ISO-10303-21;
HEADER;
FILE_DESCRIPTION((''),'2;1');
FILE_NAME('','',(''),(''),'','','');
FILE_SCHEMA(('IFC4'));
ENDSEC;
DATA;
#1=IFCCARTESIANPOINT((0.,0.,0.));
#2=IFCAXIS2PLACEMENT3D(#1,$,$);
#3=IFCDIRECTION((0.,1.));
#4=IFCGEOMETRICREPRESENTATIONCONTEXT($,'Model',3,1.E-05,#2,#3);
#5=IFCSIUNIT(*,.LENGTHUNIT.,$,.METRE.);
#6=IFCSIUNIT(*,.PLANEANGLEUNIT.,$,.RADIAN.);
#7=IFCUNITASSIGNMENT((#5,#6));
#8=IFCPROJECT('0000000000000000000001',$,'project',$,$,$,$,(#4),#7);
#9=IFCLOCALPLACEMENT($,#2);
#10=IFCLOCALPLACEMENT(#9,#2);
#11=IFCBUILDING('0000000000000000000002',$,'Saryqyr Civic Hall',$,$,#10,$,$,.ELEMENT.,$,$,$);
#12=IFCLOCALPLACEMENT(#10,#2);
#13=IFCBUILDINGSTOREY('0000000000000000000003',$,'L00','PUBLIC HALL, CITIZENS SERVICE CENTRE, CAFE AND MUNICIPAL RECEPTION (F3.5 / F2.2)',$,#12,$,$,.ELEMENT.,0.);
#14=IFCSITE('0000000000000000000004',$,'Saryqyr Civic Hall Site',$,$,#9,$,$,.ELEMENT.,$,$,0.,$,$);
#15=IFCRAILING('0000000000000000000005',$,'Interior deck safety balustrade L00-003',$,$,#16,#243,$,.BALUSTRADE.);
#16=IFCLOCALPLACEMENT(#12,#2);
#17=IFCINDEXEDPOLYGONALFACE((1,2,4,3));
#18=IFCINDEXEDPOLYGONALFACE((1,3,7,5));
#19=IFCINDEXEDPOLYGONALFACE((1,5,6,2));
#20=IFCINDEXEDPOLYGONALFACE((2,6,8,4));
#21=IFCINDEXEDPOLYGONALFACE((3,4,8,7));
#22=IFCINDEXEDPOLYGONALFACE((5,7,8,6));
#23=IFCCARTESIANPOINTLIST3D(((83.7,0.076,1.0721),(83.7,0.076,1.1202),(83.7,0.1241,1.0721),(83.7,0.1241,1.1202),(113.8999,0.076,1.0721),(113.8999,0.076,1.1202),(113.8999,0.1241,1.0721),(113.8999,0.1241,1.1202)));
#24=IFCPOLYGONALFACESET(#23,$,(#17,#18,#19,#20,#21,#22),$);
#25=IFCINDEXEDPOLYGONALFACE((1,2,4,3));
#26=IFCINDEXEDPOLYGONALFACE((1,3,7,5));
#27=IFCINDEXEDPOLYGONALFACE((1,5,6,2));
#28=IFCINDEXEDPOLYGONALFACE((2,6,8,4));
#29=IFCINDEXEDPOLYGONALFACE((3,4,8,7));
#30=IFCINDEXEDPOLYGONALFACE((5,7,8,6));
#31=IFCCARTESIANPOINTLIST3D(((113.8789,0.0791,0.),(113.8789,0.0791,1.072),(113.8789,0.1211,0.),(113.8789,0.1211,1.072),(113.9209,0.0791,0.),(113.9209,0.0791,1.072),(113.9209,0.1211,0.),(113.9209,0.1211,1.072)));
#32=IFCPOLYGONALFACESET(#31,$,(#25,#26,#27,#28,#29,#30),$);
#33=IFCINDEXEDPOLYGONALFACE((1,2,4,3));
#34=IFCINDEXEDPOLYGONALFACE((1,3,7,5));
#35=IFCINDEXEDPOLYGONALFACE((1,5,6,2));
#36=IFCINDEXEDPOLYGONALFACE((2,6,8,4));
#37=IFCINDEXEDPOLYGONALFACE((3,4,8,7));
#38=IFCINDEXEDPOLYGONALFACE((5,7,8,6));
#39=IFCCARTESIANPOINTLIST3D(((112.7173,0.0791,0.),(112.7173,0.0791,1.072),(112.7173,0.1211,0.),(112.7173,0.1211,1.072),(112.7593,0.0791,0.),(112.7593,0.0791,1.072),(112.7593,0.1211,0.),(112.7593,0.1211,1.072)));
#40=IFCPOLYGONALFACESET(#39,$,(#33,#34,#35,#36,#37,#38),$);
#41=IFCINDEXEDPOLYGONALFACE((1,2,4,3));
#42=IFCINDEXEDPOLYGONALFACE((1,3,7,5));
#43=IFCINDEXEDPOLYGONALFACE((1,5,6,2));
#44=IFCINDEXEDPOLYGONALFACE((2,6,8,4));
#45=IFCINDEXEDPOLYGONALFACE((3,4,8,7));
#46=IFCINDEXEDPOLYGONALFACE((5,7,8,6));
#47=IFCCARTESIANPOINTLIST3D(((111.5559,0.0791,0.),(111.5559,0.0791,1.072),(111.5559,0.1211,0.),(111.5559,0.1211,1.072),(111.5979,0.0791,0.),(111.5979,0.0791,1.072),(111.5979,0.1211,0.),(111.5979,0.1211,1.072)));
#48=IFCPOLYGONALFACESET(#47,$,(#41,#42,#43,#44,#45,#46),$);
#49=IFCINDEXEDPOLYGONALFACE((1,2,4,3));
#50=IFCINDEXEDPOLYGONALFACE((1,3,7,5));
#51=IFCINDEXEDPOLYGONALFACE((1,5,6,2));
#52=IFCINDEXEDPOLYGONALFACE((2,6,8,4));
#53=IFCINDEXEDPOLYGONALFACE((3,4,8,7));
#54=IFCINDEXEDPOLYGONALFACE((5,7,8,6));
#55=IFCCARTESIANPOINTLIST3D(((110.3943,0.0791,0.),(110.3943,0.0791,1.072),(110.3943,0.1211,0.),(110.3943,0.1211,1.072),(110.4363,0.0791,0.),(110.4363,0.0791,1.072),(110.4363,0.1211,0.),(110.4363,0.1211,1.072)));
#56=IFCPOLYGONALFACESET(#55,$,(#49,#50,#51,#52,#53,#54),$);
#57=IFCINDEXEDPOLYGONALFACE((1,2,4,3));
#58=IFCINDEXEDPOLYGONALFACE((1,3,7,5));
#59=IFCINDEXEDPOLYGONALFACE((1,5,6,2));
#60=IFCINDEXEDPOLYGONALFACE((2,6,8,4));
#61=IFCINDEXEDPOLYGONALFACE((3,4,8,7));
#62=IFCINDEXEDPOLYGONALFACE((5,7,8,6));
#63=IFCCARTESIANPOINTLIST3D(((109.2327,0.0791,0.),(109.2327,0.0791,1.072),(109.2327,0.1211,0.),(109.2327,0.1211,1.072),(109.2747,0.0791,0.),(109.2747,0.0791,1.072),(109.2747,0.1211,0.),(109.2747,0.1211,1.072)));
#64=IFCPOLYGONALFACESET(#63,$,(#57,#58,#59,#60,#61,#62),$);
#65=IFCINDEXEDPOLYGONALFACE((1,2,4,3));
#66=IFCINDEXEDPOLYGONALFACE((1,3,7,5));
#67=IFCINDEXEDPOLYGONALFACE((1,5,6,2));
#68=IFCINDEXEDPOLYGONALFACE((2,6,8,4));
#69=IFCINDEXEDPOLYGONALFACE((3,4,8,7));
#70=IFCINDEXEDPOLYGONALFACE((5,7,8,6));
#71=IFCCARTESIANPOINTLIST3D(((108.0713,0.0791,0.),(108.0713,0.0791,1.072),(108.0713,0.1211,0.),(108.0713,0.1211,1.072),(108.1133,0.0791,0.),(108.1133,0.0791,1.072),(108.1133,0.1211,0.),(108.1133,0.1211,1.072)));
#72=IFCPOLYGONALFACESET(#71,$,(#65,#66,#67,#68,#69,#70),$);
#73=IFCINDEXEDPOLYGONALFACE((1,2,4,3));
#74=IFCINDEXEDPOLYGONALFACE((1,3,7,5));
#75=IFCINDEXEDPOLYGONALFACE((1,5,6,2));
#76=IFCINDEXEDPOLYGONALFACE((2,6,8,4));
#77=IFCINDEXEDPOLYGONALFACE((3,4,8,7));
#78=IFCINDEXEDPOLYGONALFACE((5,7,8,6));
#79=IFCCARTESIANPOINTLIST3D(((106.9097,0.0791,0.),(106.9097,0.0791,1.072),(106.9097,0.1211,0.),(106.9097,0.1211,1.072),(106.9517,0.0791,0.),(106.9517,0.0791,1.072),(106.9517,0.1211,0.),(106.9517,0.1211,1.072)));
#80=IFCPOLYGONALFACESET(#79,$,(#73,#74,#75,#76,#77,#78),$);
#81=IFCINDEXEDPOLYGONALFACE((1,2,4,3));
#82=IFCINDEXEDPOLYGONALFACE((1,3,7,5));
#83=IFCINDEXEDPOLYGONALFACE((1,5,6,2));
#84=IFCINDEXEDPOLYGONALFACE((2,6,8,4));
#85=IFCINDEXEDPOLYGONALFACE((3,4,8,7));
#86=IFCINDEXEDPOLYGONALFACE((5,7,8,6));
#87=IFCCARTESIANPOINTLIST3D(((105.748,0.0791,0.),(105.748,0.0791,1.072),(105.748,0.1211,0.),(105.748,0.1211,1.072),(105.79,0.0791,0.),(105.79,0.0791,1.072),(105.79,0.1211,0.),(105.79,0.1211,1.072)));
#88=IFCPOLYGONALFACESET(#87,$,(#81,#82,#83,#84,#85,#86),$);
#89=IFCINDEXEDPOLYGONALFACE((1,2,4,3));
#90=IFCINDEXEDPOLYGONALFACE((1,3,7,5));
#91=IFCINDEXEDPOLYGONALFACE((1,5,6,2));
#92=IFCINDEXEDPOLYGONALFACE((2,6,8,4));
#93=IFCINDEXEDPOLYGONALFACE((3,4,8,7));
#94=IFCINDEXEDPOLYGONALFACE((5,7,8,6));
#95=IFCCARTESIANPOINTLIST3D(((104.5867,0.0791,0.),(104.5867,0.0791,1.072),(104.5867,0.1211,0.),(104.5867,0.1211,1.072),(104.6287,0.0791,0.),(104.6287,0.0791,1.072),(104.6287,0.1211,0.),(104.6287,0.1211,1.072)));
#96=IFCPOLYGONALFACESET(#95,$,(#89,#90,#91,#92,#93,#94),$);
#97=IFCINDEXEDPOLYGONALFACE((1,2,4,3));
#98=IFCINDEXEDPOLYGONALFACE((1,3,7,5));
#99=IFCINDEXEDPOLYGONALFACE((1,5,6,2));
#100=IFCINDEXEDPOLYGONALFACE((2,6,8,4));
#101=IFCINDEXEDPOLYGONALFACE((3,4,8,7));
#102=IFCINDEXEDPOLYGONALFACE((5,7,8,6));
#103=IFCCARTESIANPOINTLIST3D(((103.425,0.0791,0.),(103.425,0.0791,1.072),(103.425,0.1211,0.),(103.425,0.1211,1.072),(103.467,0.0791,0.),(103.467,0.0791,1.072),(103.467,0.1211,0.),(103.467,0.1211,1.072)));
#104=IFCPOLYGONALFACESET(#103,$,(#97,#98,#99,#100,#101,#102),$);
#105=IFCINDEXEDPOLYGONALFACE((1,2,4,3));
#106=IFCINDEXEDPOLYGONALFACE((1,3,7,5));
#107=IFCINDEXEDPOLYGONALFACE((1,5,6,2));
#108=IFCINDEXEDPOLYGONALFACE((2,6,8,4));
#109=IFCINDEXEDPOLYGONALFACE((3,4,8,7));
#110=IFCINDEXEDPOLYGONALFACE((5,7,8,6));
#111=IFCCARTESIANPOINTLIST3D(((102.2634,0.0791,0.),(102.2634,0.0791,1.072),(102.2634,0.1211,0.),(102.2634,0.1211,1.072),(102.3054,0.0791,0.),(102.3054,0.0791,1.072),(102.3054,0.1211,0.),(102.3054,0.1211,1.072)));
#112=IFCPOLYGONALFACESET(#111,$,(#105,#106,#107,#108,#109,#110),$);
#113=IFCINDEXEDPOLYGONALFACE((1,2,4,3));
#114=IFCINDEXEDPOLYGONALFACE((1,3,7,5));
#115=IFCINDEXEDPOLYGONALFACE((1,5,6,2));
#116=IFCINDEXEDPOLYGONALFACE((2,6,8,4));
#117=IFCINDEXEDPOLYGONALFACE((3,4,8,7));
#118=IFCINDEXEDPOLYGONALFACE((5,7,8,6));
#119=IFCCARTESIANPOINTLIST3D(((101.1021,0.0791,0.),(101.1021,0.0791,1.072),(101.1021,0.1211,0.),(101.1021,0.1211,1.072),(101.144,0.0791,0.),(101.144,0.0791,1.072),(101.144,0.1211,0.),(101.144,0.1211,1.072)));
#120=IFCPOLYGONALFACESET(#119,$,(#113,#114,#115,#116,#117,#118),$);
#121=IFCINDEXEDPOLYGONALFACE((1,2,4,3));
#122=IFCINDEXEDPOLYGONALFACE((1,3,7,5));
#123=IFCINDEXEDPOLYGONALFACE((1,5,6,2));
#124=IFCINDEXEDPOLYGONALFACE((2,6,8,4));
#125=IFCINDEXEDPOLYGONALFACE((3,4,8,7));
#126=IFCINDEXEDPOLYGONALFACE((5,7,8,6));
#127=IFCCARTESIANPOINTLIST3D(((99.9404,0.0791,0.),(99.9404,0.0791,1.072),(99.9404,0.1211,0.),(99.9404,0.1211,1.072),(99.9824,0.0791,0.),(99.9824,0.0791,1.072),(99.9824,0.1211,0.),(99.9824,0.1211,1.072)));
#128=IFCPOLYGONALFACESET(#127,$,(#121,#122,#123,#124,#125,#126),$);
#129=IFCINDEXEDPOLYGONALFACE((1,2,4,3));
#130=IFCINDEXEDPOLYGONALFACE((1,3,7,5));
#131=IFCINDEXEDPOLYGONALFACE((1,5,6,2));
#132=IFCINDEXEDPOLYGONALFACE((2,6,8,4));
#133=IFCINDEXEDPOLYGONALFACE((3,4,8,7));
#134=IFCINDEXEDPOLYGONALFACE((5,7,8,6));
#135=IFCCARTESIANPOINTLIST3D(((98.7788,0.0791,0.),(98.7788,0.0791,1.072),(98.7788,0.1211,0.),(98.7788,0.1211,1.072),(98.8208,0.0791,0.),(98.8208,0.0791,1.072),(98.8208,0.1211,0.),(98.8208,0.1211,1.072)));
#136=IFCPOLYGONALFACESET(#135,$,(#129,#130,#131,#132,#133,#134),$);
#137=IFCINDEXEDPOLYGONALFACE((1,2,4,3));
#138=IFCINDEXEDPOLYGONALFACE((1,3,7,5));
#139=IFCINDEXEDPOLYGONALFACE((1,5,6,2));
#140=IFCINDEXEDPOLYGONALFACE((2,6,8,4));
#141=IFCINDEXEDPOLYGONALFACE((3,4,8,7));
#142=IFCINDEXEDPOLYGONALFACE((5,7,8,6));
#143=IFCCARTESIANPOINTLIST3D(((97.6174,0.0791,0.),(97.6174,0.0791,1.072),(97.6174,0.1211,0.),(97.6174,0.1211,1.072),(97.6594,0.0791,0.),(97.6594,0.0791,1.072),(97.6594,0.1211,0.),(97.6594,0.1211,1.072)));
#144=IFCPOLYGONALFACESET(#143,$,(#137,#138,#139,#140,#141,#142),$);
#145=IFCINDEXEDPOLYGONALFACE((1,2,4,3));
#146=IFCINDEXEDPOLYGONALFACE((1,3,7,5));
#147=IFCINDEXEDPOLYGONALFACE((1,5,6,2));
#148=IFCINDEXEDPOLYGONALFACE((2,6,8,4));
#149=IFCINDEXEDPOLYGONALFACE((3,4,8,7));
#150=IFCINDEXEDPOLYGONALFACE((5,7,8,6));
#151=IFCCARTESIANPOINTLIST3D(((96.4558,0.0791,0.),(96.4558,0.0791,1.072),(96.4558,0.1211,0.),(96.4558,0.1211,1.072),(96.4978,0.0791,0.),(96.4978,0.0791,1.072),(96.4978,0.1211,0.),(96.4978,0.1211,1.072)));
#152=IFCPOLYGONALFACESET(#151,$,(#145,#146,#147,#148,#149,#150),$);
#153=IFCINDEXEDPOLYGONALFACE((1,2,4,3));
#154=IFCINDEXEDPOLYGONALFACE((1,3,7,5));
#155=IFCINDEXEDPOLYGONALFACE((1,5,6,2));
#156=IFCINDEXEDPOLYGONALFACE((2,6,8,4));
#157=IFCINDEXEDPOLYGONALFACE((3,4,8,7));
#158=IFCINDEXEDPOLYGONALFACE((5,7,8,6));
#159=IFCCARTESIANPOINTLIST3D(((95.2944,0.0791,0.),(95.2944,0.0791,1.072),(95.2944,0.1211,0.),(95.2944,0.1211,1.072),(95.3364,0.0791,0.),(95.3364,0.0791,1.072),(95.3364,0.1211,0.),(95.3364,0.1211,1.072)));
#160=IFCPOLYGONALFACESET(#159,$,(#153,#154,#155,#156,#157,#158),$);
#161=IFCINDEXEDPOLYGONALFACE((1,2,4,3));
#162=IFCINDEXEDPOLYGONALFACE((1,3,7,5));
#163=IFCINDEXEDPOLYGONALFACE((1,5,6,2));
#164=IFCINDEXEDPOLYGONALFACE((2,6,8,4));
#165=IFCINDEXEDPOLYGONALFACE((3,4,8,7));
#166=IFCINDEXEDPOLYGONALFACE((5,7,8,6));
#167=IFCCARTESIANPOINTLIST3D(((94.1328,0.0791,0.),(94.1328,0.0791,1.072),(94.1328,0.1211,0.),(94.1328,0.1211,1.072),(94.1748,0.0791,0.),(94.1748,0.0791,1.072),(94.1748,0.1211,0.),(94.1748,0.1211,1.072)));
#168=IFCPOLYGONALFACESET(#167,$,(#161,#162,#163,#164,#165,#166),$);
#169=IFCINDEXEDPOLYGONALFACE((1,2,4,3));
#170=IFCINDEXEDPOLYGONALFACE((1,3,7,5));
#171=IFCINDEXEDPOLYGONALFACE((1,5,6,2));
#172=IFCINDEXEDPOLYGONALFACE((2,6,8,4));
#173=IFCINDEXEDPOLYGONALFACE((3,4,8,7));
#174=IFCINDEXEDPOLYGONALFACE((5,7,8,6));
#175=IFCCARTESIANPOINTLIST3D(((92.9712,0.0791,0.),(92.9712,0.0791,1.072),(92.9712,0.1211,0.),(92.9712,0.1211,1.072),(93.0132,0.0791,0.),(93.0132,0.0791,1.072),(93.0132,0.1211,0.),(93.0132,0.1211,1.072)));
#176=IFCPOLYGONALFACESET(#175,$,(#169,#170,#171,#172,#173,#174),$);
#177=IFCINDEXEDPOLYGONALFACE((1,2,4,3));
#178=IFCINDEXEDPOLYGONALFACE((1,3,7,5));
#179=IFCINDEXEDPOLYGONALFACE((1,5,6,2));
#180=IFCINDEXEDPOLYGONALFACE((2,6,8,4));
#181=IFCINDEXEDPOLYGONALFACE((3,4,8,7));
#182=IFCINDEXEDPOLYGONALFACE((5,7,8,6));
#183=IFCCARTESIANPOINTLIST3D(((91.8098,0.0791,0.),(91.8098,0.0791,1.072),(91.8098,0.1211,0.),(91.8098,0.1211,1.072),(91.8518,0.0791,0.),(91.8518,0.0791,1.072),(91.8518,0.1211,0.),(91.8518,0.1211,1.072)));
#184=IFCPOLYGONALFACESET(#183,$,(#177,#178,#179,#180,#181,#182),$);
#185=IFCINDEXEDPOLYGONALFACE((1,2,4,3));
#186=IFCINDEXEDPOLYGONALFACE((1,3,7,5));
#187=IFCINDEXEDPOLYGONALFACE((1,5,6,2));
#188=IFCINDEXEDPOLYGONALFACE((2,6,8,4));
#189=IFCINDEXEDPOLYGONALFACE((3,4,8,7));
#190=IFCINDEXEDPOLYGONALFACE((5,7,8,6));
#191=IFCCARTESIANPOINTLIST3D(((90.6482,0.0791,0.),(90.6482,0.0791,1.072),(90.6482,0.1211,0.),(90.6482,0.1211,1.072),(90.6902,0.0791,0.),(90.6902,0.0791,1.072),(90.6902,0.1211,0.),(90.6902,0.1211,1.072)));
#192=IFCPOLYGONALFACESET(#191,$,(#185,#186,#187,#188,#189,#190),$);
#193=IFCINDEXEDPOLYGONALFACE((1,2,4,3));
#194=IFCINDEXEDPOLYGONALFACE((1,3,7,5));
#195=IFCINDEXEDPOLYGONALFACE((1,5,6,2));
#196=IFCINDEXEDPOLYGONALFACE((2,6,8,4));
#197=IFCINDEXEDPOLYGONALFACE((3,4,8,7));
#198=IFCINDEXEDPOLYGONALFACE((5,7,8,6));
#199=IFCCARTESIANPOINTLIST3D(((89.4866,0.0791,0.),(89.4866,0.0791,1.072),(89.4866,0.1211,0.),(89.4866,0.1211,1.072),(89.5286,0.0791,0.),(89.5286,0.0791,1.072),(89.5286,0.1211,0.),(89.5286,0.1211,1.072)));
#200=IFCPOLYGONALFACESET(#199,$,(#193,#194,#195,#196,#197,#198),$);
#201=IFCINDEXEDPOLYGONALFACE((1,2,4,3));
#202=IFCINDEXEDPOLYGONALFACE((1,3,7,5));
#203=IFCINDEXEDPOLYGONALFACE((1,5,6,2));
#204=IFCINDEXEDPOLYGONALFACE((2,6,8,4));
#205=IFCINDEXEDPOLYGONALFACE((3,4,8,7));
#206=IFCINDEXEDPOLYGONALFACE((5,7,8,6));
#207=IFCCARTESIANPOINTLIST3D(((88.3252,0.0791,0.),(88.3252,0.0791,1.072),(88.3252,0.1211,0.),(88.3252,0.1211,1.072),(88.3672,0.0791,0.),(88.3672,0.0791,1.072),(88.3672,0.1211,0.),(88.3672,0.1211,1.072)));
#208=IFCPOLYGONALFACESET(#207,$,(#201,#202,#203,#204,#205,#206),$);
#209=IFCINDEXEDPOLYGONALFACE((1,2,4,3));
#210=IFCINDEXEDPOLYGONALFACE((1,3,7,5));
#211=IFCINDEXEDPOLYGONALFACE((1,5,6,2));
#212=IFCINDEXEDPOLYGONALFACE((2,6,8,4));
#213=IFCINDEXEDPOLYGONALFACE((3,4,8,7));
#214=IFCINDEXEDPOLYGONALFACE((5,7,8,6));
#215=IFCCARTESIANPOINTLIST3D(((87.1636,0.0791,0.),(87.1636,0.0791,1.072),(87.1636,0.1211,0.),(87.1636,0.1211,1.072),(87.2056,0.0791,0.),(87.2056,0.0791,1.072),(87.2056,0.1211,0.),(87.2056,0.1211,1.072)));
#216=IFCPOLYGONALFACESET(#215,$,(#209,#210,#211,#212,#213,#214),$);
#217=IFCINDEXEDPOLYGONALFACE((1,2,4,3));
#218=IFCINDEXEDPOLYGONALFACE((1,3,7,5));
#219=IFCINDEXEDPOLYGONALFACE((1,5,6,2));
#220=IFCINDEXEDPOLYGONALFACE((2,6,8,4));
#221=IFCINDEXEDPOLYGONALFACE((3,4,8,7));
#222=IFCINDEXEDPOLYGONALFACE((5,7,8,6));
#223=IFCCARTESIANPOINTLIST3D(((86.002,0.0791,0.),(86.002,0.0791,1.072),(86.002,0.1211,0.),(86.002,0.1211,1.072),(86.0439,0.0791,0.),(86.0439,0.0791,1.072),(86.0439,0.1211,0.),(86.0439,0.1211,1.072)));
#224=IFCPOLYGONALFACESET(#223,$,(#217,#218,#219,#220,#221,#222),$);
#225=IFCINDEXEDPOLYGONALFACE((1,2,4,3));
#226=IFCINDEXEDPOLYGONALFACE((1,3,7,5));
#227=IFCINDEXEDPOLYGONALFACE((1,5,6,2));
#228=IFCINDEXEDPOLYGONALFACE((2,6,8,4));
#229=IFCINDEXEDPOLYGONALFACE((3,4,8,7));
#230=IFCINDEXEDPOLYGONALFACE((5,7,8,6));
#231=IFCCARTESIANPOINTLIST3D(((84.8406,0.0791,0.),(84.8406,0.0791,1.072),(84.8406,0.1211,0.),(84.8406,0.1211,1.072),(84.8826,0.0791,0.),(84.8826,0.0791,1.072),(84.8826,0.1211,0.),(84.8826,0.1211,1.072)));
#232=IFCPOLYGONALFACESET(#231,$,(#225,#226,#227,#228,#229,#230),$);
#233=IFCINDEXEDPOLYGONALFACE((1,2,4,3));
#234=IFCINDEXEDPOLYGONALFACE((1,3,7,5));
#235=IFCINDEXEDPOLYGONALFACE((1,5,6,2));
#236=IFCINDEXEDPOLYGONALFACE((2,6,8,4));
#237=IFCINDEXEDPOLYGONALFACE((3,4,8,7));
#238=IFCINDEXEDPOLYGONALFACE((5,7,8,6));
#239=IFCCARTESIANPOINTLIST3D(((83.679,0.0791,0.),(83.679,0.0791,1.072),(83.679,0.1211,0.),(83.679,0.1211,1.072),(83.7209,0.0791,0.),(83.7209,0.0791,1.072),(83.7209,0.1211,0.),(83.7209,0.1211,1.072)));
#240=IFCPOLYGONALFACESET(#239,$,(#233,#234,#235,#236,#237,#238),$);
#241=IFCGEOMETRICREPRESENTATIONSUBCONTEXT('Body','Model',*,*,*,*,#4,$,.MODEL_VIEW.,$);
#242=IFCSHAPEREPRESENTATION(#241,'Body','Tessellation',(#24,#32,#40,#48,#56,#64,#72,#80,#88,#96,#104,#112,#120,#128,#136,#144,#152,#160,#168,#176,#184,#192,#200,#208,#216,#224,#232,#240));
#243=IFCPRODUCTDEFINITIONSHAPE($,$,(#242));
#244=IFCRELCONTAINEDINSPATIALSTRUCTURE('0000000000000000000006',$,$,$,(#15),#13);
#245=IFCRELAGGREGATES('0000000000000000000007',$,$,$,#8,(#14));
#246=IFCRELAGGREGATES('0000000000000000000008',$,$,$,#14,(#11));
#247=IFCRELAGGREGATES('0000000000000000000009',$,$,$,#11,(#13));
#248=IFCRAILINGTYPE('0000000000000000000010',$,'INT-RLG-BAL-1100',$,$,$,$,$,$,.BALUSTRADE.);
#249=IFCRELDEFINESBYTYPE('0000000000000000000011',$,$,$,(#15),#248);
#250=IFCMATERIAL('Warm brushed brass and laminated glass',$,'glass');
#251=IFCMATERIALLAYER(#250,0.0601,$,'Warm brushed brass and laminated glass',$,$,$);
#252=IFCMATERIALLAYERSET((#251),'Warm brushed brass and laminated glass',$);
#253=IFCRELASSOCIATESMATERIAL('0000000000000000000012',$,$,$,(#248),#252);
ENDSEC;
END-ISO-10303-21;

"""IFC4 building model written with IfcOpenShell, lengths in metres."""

from ifc_helpers import new_model, si_unit, direction, frame, origin, origin_2d, place, context, subcontext, project, spatial, rectangle, extrude, material, layer, layer_set, type_object, element, save


model = new_model("IFC4")

# Units and contexts
model_context = context("Model", 3, precision=1e-05, world=origin(), true_north=direction((0.0, 1.0)))
body_context = subcontext(model_context, "Body", "Model", "MODEL_VIEW")
ifc_project = project(units=[si_unit("LENGTHUNIT", "METRE"), si_unit("PLANEANGLEUNIT", "RADIAN")], contexts=[model_context])

# Site, building, storey
site_placement = place(None, origin())
site = spatial("IfcSite", under=ifc_project, at=site_placement, Name="Saryqyr Civic Hall Site", CompositionType="ELEMENT", RefElevation=0.0)
building_placement = place(site_placement, origin())
building = spatial("IfcBuilding", under=site, at=building_placement, Name="Saryqyr Civic Hall", CompositionType="ELEMENT")
storey_placement = place(building_placement, origin())
storey = spatial("IfcBuildingStorey", under=building, at=storey_placement, Name="L00", Description="PUBLIC HALL, CITIZENS SERVICE CENTRE, CAFE AND MUNICIPAL RECEPTION (F3.5 / F2.2)", CompositionType="ELEMENT", Elevation=0.0)

# Railing
ifc_material_1 = material(Name="Warm brushed brass and laminated glass", Category="glass")
ifc_layer_1 = layer(ifc_material_1, 0.0601, Name="Warm brushed brass and laminated glass")
ifc_layer_set_1 = layer_set([ifc_layer_1], Name="Warm brushed brass and laminated glass")
railing_type = type_object("IfcRailingType", Name="INT-RLG-BAL-1100", PredefinedType="BALUSTRADE", material=ifc_layer_set_1)
railing_placement = place(storey_placement, frame((113.8999, 0.1001, 0.0)))
element("IfcRailing", 1, at=railing_placement, inside=storey, type_object=railing_type, Name="Interior deck safety balustrade L00-003", PredefinedType="BALUSTRADE", context=body_context, shape_type="SweptSolid", body=[
    extrude(rectangle(XDim=0.0481, YDim=0.0481, at=origin_2d()), frame((0.0, 0.0, 1.0962), z_axis=(-1.0, 0.0, 0.0), x_axis=(0.0, -1.0, 0.0)), (0.0, 0.0, 1.0), 30.2),
    extrude(rectangle(XDim=0.042, YDim=0.042, at=origin_2d()), origin(), (0.0, 0.0, 1.0), 1.072),
    extrude(rectangle(XDim=0.042, YDim=0.042, at=origin_2d()), frame((-1.1616, 0.0, 0.0)), (0.0, 0.0, 1.0), 1.072),
    extrude(rectangle(XDim=0.042, YDim=0.042, at=origin_2d()), frame((-2.323, 0.0, 0.0)), (0.0, 0.0, 1.0), 1.072),
    extrude(rectangle(XDim=0.042, YDim=0.042, at=origin_2d()), frame((-3.4846, 0.0, 0.0)), (0.0, 0.0, 1.0), 1.072),
    extrude(rectangle(XDim=0.042, YDim=0.042, at=origin_2d()), frame((-4.6462, 0.0, 0.0)), (0.0, 0.0, 1.0), 1.072),
    extrude(rectangle(XDim=0.042, YDim=0.042, at=origin_2d()), frame((-5.8076, 0.0, 0.0)), (0.0, 0.0, 1.0), 1.072),
    extrude(rectangle(XDim=0.042, YDim=0.042, at=origin_2d()), frame((-6.9692, 0.0, 0.0)), (0.0, 0.0, 1.0), 1.072),
    extrude(rectangle(XDim=0.042, YDim=0.042, at=origin_2d()), frame((-8.1309, 0.0, 0.0)), (0.0, 0.0, 1.0), 1.072),
    extrude(rectangle(XDim=0.042, YDim=0.042, at=origin_2d()), frame((-9.2922, 0.0, 0.0)), (0.0, 0.0, 1.0), 1.072),
    extrude(rectangle(XDim=0.042, YDim=0.042, at=origin_2d()), frame((-10.4539, 0.0, 0.0)), (0.0, 0.0, 1.0), 1.072),
    extrude(rectangle(XDim=0.042, YDim=0.042, at=origin_2d()), frame((-11.6155, 0.0, 0.0)), (0.0, 0.0, 1.0), 1.072),
    extrude(rectangle(XDim=0.042, YDim=0.042, at=origin_2d()), frame((-12.7769, 0.0, 0.0)), (0.0, 0.0, 1.0), 1.072),
    extrude(rectangle(XDim=0.042, YDim=0.042, at=origin_2d()), frame((-13.9385, 0.0, 0.0)), (0.0, 0.0, 1.0), 1.072),
    extrude(rectangle(XDim=0.042, YDim=0.042, at=origin_2d()), frame((-15.1001, 0.0, 0.0)), (0.0, 0.0, 1.0), 1.072),
    extrude(rectangle(XDim=0.042, YDim=0.042, at=origin_2d()), frame((-16.2615, 0.0, 0.0)), (0.0, 0.0, 1.0), 1.072),
    extrude(rectangle(XDim=0.042, YDim=0.042, at=origin_2d()), frame((-17.4231, 0.0, 0.0)), (0.0, 0.0, 1.0), 1.072),
    extrude(rectangle(XDim=0.042, YDim=0.042, at=origin_2d()), frame((-18.5845, 0.0, 0.0)), (0.0, 0.0, 1.0), 1.072),
    extrude(rectangle(XDim=0.042, YDim=0.042, at=origin_2d()), frame((-19.7461, 0.0, 0.0)), (0.0, 0.0, 1.0), 1.072),
    extrude(rectangle(XDim=0.042, YDim=0.042, at=origin_2d()), frame((-20.9077, 0.0, 0.0)), (0.0, 0.0, 1.0), 1.072),
    extrude(rectangle(XDim=0.042, YDim=0.042, at=origin_2d()), frame((-22.0691, 0.0, 0.0)), (0.0, 0.0, 1.0), 1.072),
    extrude(rectangle(XDim=0.042, YDim=0.042, at=origin_2d()), frame((-23.2307, 0.0, 0.0)), (0.0, 0.0, 1.0), 1.072),
    extrude(rectangle(XDim=0.042, YDim=0.042, at=origin_2d()), frame((-24.3923, 0.0, 0.0)), (0.0, 0.0, 1.0), 1.072),
    extrude(rectangle(XDim=0.042, YDim=0.042, at=origin_2d()), frame((-25.5537, 0.0, 0.0)), (0.0, 0.0, 1.0), 1.072),
    extrude(rectangle(XDim=0.042, YDim=0.042, at=origin_2d()), frame((-26.7153, 0.0, 0.0)), (0.0, 0.0, 1.0), 1.072),
    extrude(rectangle(XDim=0.042, YDim=0.042, at=origin_2d()), frame((-27.877, 0.0, 0.0)), (0.0, 0.0, 1.0), 1.072),
    extrude(rectangle(XDim=0.042, YDim=0.042, at=origin_2d()), frame((-29.0383, 0.0, 0.0)), (0.0, 0.0, 1.0), 1.072),
    extrude(rectangle(XDim=0.042, YDim=0.042, at=origin_2d()), frame((-30.2, 0.0, 0.0)), (0.0, 0.0, 1.0), 1.072),
])

save(model, "model.ifc")
